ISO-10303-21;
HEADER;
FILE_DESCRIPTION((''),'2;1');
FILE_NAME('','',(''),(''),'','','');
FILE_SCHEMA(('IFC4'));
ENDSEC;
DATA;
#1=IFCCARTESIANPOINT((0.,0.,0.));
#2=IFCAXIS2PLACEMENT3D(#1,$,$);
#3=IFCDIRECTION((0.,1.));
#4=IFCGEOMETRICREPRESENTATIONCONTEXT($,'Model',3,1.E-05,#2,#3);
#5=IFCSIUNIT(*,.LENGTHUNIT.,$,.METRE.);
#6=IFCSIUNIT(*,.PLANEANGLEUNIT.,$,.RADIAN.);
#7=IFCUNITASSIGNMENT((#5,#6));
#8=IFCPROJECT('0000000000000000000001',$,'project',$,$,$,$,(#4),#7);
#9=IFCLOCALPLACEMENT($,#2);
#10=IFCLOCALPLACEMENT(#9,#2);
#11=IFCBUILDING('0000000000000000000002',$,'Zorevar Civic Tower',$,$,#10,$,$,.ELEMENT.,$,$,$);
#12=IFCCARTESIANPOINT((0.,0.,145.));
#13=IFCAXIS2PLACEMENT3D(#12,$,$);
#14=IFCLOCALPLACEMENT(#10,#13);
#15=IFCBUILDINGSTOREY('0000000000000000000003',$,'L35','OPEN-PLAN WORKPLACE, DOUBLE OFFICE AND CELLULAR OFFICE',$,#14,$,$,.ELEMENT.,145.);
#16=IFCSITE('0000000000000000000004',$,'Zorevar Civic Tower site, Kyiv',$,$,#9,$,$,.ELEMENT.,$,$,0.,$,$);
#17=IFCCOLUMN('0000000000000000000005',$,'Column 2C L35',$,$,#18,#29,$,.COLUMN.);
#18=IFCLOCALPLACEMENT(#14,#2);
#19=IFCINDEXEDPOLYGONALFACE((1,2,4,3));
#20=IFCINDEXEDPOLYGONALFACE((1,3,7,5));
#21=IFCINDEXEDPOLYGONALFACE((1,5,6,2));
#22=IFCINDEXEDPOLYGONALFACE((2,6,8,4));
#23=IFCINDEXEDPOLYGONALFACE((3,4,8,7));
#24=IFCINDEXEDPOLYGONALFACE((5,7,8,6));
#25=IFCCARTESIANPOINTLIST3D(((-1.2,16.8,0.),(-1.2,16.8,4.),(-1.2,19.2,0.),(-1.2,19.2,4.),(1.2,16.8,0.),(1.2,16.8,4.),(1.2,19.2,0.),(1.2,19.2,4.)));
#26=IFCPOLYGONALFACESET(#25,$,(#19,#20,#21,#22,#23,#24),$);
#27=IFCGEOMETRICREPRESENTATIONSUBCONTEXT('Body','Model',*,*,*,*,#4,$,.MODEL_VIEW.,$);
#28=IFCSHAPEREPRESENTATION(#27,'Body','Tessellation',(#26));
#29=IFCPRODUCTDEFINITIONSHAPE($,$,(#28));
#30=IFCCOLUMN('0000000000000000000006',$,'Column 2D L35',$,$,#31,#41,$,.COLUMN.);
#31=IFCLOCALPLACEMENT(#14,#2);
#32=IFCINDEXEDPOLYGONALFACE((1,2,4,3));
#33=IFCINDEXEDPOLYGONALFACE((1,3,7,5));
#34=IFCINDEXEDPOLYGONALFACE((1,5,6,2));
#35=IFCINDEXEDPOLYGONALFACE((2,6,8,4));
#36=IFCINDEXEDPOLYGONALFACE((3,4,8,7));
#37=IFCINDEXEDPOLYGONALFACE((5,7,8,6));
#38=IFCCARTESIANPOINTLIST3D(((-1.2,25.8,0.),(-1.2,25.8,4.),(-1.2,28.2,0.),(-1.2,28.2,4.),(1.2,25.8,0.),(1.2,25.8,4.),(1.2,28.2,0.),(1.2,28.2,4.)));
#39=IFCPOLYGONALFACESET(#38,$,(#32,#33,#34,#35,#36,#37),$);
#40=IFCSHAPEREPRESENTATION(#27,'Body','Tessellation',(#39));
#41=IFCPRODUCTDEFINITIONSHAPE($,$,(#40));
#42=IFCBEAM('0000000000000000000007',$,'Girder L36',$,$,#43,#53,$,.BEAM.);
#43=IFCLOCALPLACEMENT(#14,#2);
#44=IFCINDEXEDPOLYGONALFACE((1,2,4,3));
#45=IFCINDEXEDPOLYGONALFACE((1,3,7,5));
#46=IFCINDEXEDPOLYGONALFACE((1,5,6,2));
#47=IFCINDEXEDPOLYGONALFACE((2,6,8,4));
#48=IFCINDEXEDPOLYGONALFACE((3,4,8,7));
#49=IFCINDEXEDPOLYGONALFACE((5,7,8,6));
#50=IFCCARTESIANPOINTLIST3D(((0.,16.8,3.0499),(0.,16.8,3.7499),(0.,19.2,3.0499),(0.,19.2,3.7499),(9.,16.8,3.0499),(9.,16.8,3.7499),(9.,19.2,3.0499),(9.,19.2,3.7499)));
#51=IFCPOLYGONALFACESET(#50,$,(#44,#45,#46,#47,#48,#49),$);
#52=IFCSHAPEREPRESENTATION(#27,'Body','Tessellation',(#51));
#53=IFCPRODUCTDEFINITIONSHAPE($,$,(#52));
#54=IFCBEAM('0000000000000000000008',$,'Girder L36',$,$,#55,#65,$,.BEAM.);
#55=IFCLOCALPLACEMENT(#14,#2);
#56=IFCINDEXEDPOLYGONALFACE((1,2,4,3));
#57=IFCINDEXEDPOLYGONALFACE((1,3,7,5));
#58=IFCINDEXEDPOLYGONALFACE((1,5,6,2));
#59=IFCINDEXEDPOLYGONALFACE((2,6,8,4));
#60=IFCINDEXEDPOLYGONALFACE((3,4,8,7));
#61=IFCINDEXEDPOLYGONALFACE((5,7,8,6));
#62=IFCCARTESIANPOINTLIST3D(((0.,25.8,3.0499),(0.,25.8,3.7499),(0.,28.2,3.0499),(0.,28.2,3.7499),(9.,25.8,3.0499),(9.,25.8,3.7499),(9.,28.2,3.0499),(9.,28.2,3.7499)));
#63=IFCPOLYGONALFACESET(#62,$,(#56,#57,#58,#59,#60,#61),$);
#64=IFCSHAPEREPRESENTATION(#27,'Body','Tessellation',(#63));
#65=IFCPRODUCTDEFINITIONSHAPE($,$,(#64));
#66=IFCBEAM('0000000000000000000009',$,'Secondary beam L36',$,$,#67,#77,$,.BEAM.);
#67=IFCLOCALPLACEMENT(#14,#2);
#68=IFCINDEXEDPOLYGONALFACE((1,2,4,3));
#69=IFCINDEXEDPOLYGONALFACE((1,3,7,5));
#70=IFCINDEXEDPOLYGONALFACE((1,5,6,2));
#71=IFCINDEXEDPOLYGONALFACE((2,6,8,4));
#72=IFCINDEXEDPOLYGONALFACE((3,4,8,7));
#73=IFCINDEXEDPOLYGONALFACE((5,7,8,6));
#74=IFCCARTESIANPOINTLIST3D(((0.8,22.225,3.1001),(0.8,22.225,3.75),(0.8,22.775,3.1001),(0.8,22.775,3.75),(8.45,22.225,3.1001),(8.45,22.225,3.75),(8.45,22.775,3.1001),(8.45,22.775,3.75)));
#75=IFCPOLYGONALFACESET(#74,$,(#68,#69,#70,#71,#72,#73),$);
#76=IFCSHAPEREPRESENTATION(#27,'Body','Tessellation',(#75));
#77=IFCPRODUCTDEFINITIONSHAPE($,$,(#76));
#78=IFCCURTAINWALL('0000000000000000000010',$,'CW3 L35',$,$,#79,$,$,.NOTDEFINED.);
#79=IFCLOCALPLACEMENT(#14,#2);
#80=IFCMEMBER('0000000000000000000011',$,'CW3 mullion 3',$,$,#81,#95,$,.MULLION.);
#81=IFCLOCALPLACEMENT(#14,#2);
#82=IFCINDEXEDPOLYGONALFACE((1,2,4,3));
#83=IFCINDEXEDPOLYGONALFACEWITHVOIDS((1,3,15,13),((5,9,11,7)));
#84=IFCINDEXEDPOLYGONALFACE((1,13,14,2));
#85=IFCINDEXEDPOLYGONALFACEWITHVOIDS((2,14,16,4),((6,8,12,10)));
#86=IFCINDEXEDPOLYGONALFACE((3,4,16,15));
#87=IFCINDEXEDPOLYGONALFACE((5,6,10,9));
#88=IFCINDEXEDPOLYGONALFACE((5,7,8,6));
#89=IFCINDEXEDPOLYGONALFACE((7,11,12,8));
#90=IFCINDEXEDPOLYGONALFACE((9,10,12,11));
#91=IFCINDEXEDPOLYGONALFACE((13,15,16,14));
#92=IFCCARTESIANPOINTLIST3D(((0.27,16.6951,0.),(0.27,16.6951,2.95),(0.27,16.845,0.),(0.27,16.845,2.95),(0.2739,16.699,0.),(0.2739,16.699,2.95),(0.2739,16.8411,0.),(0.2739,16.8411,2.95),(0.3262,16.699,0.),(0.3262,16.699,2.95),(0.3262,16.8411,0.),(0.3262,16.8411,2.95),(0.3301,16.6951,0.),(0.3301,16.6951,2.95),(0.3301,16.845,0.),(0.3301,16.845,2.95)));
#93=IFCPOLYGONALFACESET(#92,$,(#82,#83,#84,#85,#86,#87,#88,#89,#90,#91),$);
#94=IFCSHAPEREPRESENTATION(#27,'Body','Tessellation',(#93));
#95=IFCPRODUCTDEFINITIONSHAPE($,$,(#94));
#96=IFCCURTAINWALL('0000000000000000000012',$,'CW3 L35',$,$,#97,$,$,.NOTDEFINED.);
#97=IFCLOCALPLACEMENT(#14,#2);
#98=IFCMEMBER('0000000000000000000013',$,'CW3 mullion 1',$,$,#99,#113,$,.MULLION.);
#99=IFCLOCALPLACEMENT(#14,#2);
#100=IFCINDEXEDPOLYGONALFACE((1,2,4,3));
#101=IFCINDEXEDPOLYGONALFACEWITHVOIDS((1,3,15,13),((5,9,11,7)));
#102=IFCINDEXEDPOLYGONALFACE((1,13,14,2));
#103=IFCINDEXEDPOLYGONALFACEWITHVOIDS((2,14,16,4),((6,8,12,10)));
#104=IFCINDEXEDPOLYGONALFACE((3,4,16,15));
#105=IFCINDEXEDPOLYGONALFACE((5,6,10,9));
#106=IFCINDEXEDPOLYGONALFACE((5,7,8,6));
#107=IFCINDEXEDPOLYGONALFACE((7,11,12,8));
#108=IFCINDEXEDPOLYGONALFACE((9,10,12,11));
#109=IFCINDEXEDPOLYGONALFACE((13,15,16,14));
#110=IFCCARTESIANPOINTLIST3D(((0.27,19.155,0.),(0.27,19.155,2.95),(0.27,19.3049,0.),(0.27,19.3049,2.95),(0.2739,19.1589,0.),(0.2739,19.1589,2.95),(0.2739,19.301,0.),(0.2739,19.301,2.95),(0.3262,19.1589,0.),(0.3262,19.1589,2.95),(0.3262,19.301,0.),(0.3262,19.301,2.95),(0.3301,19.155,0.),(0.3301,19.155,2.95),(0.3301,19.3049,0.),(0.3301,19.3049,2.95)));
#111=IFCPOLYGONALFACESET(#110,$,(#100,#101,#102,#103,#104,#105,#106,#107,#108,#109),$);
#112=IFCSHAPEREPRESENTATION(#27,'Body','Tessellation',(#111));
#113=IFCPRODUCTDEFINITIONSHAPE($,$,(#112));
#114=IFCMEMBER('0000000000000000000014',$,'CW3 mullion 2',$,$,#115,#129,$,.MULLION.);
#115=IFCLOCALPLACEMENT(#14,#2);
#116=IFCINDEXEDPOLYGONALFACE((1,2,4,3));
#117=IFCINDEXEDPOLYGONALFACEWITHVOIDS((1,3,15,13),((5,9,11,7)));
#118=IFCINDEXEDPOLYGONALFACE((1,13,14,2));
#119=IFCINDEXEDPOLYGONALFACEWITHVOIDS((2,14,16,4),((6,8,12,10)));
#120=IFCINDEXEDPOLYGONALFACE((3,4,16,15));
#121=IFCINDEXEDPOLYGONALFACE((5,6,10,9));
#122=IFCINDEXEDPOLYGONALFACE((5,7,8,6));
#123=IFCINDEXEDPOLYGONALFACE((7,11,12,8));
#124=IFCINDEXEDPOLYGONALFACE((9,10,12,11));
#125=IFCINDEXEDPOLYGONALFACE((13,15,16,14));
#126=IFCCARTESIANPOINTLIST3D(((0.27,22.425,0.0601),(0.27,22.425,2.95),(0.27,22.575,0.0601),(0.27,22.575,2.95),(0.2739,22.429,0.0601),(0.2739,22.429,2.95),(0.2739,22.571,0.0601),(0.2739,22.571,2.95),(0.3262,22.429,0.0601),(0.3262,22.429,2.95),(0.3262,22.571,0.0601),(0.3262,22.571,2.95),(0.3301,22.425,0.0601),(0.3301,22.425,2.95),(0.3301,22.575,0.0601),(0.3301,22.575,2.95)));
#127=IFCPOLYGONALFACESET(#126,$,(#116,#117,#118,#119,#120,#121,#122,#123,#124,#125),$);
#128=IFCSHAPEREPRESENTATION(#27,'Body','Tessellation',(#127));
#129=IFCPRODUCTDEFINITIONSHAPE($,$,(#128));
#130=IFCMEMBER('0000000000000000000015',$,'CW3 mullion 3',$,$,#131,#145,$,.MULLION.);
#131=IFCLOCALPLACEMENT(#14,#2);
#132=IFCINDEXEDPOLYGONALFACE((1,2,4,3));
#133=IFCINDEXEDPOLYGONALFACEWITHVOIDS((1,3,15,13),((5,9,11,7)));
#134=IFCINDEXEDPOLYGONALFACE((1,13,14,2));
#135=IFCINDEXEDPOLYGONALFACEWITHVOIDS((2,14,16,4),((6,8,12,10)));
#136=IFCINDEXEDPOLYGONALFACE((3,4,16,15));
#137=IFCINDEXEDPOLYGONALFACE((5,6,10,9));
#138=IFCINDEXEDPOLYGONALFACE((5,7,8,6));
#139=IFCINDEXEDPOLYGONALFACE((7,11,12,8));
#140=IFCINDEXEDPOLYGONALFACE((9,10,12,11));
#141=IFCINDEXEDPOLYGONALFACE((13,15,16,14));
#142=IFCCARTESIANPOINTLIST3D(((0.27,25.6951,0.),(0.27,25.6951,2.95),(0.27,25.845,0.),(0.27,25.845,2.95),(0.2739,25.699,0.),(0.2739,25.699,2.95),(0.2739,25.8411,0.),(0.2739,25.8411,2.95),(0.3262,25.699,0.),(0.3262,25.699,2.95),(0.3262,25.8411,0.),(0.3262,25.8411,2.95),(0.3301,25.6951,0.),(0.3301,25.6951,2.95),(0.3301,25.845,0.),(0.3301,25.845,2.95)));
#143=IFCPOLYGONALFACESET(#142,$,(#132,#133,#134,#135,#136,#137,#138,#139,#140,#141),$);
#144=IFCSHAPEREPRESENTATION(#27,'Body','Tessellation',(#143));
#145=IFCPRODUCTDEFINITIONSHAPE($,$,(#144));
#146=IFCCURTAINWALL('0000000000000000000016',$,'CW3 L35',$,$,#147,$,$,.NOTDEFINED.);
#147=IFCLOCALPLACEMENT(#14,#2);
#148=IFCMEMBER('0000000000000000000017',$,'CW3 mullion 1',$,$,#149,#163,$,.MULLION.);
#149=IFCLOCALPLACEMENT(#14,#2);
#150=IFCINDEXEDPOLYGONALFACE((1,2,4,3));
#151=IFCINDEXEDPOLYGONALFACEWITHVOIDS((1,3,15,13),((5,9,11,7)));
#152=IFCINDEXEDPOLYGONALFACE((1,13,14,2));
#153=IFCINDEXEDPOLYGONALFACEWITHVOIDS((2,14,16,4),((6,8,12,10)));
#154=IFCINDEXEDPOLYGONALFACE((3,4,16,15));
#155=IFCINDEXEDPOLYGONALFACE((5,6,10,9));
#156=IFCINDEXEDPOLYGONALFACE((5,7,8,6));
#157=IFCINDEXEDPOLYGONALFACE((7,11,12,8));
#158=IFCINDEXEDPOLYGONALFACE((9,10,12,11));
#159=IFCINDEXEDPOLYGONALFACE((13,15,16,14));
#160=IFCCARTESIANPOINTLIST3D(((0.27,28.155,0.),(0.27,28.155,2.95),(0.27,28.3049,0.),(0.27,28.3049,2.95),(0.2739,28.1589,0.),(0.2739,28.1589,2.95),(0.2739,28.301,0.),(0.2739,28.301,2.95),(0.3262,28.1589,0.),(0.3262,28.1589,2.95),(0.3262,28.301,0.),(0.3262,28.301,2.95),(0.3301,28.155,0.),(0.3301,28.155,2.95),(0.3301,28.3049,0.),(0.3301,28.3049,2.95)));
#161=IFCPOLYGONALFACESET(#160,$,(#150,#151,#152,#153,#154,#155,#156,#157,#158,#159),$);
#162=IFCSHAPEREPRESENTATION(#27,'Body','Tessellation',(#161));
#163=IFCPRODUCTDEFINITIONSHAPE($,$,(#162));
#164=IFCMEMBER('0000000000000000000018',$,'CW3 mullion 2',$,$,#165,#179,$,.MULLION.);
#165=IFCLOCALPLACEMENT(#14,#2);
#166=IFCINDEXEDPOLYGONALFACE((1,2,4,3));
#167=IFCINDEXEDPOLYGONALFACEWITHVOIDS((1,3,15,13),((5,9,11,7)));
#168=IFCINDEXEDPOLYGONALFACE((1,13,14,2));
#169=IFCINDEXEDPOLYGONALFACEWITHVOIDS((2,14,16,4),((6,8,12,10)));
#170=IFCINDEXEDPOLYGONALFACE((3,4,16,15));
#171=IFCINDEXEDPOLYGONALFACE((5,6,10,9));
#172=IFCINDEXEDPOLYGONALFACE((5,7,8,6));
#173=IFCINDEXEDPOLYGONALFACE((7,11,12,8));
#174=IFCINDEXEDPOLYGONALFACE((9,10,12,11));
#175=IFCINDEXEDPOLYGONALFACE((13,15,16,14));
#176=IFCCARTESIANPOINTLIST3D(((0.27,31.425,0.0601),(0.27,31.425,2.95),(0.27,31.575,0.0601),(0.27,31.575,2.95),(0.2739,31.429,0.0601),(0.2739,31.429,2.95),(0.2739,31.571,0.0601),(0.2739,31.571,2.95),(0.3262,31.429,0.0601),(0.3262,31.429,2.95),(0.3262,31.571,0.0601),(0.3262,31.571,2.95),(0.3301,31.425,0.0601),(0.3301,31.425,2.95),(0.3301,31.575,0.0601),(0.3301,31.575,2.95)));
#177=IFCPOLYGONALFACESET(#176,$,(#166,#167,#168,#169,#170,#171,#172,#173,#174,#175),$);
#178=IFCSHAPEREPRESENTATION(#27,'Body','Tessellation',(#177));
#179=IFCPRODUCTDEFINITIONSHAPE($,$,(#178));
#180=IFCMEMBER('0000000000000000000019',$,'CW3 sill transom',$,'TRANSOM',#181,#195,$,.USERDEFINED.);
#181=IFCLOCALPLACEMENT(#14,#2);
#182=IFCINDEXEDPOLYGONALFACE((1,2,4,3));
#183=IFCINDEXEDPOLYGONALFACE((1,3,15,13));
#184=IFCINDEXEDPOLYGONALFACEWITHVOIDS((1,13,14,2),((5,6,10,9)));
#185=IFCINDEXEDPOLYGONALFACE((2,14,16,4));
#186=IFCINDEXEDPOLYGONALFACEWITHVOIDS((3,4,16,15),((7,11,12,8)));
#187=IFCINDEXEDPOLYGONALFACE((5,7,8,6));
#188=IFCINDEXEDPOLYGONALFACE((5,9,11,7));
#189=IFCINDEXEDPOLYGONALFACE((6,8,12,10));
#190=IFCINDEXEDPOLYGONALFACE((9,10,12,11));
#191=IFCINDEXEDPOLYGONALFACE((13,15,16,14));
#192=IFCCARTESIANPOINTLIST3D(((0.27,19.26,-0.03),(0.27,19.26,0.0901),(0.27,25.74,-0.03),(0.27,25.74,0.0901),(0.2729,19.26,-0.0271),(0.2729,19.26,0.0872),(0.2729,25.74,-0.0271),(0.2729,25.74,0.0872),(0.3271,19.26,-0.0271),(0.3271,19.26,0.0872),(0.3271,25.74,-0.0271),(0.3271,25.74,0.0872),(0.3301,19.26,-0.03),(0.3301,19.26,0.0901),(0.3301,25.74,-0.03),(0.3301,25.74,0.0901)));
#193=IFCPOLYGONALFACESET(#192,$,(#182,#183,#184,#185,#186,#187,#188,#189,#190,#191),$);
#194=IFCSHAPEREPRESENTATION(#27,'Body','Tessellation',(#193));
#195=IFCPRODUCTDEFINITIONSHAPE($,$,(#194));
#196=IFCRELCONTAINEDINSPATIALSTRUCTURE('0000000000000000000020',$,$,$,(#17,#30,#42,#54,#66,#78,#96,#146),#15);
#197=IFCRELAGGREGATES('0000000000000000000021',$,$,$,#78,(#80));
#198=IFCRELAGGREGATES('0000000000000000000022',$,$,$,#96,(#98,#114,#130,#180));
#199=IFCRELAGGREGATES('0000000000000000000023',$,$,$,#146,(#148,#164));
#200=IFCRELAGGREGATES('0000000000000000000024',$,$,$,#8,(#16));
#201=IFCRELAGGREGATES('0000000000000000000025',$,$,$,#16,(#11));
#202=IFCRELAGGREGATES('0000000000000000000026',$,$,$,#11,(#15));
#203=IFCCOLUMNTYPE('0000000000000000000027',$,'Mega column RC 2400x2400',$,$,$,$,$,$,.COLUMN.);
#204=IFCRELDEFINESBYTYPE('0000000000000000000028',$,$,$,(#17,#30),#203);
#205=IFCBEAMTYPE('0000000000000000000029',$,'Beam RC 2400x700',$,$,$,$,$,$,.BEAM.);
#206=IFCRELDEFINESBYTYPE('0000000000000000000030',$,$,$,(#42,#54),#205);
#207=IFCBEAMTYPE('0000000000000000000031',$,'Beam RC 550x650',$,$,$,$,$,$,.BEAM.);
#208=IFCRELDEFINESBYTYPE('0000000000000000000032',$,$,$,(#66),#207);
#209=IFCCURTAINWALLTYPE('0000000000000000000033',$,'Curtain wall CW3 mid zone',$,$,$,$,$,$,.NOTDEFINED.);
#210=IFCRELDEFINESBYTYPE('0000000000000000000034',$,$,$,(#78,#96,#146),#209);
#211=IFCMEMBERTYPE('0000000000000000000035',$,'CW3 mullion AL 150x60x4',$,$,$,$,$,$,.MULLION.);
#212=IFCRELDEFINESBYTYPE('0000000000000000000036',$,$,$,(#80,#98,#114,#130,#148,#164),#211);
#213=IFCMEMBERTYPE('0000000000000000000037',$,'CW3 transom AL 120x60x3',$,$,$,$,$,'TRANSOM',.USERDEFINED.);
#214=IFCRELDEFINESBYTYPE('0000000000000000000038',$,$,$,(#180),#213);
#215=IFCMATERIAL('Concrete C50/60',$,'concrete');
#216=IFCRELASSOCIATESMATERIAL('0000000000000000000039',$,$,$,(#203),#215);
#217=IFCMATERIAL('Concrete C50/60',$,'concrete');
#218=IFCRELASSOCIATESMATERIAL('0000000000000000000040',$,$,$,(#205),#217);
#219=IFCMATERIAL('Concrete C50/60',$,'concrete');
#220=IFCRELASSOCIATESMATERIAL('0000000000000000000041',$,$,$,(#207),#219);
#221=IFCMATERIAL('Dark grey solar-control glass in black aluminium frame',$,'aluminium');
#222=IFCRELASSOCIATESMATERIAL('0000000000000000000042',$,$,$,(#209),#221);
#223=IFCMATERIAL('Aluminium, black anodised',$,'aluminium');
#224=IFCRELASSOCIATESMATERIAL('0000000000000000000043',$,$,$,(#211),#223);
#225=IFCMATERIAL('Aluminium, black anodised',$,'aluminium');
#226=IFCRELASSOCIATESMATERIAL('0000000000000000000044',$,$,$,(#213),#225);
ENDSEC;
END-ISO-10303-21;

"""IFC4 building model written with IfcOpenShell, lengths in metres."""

from ifc_helpers import new_model, si_unit, direction, frame, origin, origin_2d, place, context, subcontext, project, spatial, rectangle, hollow_rectangle, extrude, material, material_profile, profile_set, type_object, element, aggregate, save


model = new_model("IFC4")

# Units and contexts
model_context = context("Model", 3, precision=1e-05, world=origin(), true_north=direction((0.0, 1.0)))
body_context = subcontext(model_context, "Body", "Model", "MODEL_VIEW")
ifc_project = project(units=[si_unit("LENGTHUNIT", "METRE"), si_unit("PLANEANGLEUNIT", "RADIAN")], contexts=[model_context])

# Site, building, storey
site_placement = place(None, origin())
site = spatial("IfcSite", under=ifc_project, at=site_placement, Name="Zorevar Civic Tower site, Kyiv", CompositionType="ELEMENT", RefElevation=0.0)
building_placement = place(site_placement, origin())
building = spatial("IfcBuilding", under=site, at=building_placement, Name="Zorevar Civic Tower", CompositionType="ELEMENT")
storey_placement = place(building_placement, frame((0.0, 0.0, 145.0)))
storey = spatial("IfcBuildingStorey", under=building, at=storey_placement, Name="L35", Description="OPEN-PLAN WORKPLACE, DOUBLE OFFICE AND CELLULAR OFFICE", CompositionType="ELEMENT", Elevation=145.0)

# Columns
ifc_material_1 = material(Name="Concrete C50/60", Category="concrete")
ifc_material_profile_1 = material_profile(ifc_material_1, rectangle(XDim=2.3999, YDim=2.3999, at=origin_2d()), Name="RC 2400x2400")
ifc_profile_set_1 = profile_set([ifc_material_profile_1], Name="Concrete C50/60")
column_type = type_object("IfcColumnType", Name="Mega column RC 2400x2400", PredefinedType="COLUMN", material=ifc_profile_set_1)
for number, where, z_axis, x_axis, name in (
    (1, (0.0, 18.0, 0.0), (0.0, 0.0, 1.0), (1.0, 0.0, 0.0), "Column 2C L35"),
    (2, (0.0, 27.0, 0.0), (0.0, 0.0, 1.0), (1.0, 0.0, 0.0), "Column 2D L35"),
):
    element("IfcColumn", number, at=place(storey_placement, frame(where, z_axis=z_axis, x_axis=x_axis)), inside=storey, type_object=column_type, Name=name, PredefinedType="COLUMN", context=body_context, shape_type="SweptSolid", body=[
        extrude(rectangle(XDim=2.3999, YDim=2.3999, at=origin_2d()), origin(), (0.0, 0.0, 1.0), 4.0),
    ])

# Beams
ifc_material_2 = material(Name="Concrete C50/60", Category="concrete")
ifc_material_profile_2 = material_profile(ifc_material_2, rectangle(XDim=2.3999, YDim=0.7, at=origin_2d()), Name="RC 2400x700")
ifc_profile_set_2 = profile_set([ifc_material_profile_2], Name="Concrete C50/60")
beam_type_1 = type_object("IfcBeamType", Name="Beam RC 2400x700", PredefinedType="BEAM", material=ifc_profile_set_2)
for number, where, z_axis, x_axis, name in (
    (3, (0.0, 18.0, 3.3999), (1.0, 0.0, 0.0), (0.0, 1.0, 0.0), "Girder L36"),
    (4, (0.0, 27.0, 3.3999), (1.0, 0.0, 0.0), (0.0, 1.0, 0.0), "Girder L36"),
):
    element("IfcBeam", number, at=place(storey_placement, frame(where, z_axis=z_axis, x_axis=x_axis)), inside=storey, type_object=beam_type_1, Name=name, PredefinedType="BEAM", context=body_context, shape_type="SweptSolid", body=[
        extrude(rectangle(XDim=2.3999, YDim=0.7, at=origin_2d()), origin(), (0.0, 0.0, 1.0), 9.0),
    ])
ifc_material_3 = material(Name="Concrete C50/60", Category="concrete")
ifc_material_profile_3 = material_profile(ifc_material_3, rectangle(XDim=0.55, YDim=0.6499, at=origin_2d()), Name="RC 550x650")
ifc_profile_set_3 = profile_set([ifc_material_profile_3], Name="Concrete C50/60")
beam_type_2 = type_object("IfcBeamType", Name="Beam RC 550x650", PredefinedType="BEAM", material=ifc_profile_set_3)
beam_placement = place(storey_placement, frame((0.8, 22.5, 3.425), z_axis=(1.0, 0.0, 0.0), x_axis=(0.0, 1.0, 0.0)))
element("IfcBeam", 5, at=beam_placement, inside=storey, type_object=beam_type_2, Name="Secondary beam L36", PredefinedType="BEAM", context=body_context, shape_type="SweptSolid", body=[
    extrude(rectangle(XDim=0.55, YDim=0.6499, at=origin_2d()), origin(), (0.0, 0.0, 1.0), 7.6499),
])

# Curtain wall, member
ifc_material_4 = material(Name="Dark grey solar-control glass in black aluminium frame", Category="aluminium")
curtain_wall_type = type_object("IfcCurtainWallType", Name="Curtain wall CW3 mid zone", PredefinedType="NOTDEFINED", material=ifc_material_4)
curtain_wall_1_placement = place(storey_placement, origin())
curtain_wall_1 = element("IfcCurtainWall", 6, at=curtain_wall_1_placement, inside=storey, type_object=curtain_wall_type, Name="CW3 L35", PredefinedType="NOTDEFINED")
ifc_material_5 = material(Name="Aluminium, black anodised", Category="aluminium")
ifc_material_profile_4 = material_profile(ifc_material_5, hollow_rectangle(XDim=0.0601, YDim=0.1499, WallThickness=0.0039, at=origin_2d()), Name="AL 150x60x4")
ifc_profile_set_4 = profile_set([ifc_material_profile_4], Name="Aluminium, black anodised")
member_type_1 = type_object("IfcMemberType", Name="CW3 mullion AL 150x60x4", PredefinedType="MULLION", material=ifc_profile_set_4)
member_1_placement = place(storey_placement, frame((0.3, 16.77, 0.0), z_axis=(0.0, 0.0, 1.0), x_axis=(-1.0, 0.0, 0.0)))
member_1 = element("IfcMember", 7, at=member_1_placement, type_object=member_type_1, Name="CW3 mullion 3", PredefinedType="MULLION", context=body_context, shape_type="SweptSolid", body=[
    extrude(hollow_rectangle(XDim=0.0601, YDim=0.1499, WallThickness=0.0039, at=origin_2d()), origin(), (0.0, 0.0, 1.0), 2.95),
])

# Curtain walls, members
curtain_wall_2_placement = place(storey_placement, origin())
curtain_wall_2 = element("IfcCurtainWall", 8, at=curtain_wall_2_placement, inside=storey, type_object=curtain_wall_type, Name="CW3 L35", PredefinedType="NOTDEFINED")
member_2_placement = place(storey_placement, frame((0.3, 19.23, 0.0), z_axis=(0.0, 0.0, 1.0), x_axis=(-1.0, 0.0, 0.0)))
member_2 = element("IfcMember", 9, at=member_2_placement, type_object=member_type_1, Name="CW3 mullion 1", PredefinedType="MULLION", context=body_context, shape_type="SweptSolid", body=[
    extrude(hollow_rectangle(XDim=0.0601, YDim=0.1499, WallThickness=0.0039, at=origin_2d()), origin(), (0.0, 0.0, 1.0), 2.95),
])
member_3_placement = place(storey_placement, frame((0.3, 22.5, 0.0601), z_axis=(0.0, 0.0, 1.0), x_axis=(-1.0, 0.0, 0.0)))
member_3 = element("IfcMember", 10, at=member_3_placement, type_object=member_type_1, Name="CW3 mullion 2", PredefinedType="MULLION", context=body_context, shape_type="SweptSolid", body=[
    extrude(hollow_rectangle(XDim=0.0601, YDim=0.1499, WallThickness=0.0039, at=origin_2d()), origin(), (0.0, 0.0, 1.0), 2.8899),
])
member_4_placement = place(storey_placement, frame((0.3, 25.77, 0.0), z_axis=(0.0, 0.0, 1.0), x_axis=(-1.0, 0.0, 0.0)))
member_4 = element("IfcMember", 11, at=member_4_placement, type_object=member_type_1, Name="CW3 mullion 3", PredefinedType="MULLION", context=body_context, shape_type="SweptSolid", body=[
    extrude(hollow_rectangle(XDim=0.0601, YDim=0.1499, WallThickness=0.0039, at=origin_2d()), origin(), (0.0, 0.0, 1.0), 2.95),
])
curtain_wall_3_placement = place(storey_placement, origin())
curtain_wall_3 = element("IfcCurtainWall", 12, at=curtain_wall_3_placement, inside=storey, type_object=curtain_wall_type, Name="CW3 L35", PredefinedType="NOTDEFINED")
member_5_placement = place(storey_placement, frame((0.3, 28.23, 0.0), z_axis=(0.0, 0.0, 1.0), x_axis=(-1.0, 0.0, 0.0)))
member_5 = element("IfcMember", 13, at=member_5_placement, type_object=member_type_1, Name="CW3 mullion 1", PredefinedType="MULLION", context=body_context, shape_type="SweptSolid", body=[
    extrude(hollow_rectangle(XDim=0.0601, YDim=0.1499, WallThickness=0.0039, at=origin_2d()), origin(), (0.0, 0.0, 1.0), 2.95),
])
member_6_placement = place(storey_placement, frame((0.3, 31.5, 0.0601), z_axis=(0.0, 0.0, 1.0), x_axis=(-1.0, 0.0, 0.0)))
member_6 = element("IfcMember", 14, at=member_6_placement, type_object=member_type_1, Name="CW3 mullion 2", PredefinedType="MULLION", context=body_context, shape_type="SweptSolid", body=[
    extrude(hollow_rectangle(XDim=0.0601, YDim=0.1499, WallThickness=0.0039, at=origin_2d()), origin(), (0.0, 0.0, 1.0), 2.8899),
])

# Member
ifc_material_6 = material(Name="Aluminium, black anodised", Category="aluminium")
ifc_material_profile_5 = material_profile(ifc_material_6, hollow_rectangle(XDim=0.0601, YDim=0.1201, WallThickness=0.0029, at=origin_2d()), Name="AL 120x60x3")
ifc_profile_set_5 = profile_set([ifc_material_profile_5], Name="Aluminium, black anodised")
member_type_2 = type_object("IfcMemberType", Name="CW3 transom AL 120x60x3", ElementType="TRANSOM", PredefinedType="USERDEFINED", material=ifc_profile_set_5)
member_7_placement = place(storey_placement, frame((0.3, 19.26, 0.03), z_axis=(0.0, 1.0, 0.0), x_axis=(-1.0, 0.0, 0.0)))
member_7 = element("IfcMember", 15, at=member_7_placement, type_object=member_type_2, Name="CW3 sill transom", ObjectType="TRANSOM", PredefinedType="USERDEFINED", context=body_context, shape_type="SweptSolid", body=[
    extrude(hollow_rectangle(XDim=0.0601, YDim=0.1201, WallThickness=0.0029, at=origin_2d()), origin(), (0.0, 0.0, 1.0), 6.48),
])

aggregate(curtain_wall_1, [member_1])
aggregate(curtain_wall_2, [member_2, member_3, member_4, member_7])
aggregate(curtain_wall_3, [member_5, member_6])

save(model, "model.ifc")
